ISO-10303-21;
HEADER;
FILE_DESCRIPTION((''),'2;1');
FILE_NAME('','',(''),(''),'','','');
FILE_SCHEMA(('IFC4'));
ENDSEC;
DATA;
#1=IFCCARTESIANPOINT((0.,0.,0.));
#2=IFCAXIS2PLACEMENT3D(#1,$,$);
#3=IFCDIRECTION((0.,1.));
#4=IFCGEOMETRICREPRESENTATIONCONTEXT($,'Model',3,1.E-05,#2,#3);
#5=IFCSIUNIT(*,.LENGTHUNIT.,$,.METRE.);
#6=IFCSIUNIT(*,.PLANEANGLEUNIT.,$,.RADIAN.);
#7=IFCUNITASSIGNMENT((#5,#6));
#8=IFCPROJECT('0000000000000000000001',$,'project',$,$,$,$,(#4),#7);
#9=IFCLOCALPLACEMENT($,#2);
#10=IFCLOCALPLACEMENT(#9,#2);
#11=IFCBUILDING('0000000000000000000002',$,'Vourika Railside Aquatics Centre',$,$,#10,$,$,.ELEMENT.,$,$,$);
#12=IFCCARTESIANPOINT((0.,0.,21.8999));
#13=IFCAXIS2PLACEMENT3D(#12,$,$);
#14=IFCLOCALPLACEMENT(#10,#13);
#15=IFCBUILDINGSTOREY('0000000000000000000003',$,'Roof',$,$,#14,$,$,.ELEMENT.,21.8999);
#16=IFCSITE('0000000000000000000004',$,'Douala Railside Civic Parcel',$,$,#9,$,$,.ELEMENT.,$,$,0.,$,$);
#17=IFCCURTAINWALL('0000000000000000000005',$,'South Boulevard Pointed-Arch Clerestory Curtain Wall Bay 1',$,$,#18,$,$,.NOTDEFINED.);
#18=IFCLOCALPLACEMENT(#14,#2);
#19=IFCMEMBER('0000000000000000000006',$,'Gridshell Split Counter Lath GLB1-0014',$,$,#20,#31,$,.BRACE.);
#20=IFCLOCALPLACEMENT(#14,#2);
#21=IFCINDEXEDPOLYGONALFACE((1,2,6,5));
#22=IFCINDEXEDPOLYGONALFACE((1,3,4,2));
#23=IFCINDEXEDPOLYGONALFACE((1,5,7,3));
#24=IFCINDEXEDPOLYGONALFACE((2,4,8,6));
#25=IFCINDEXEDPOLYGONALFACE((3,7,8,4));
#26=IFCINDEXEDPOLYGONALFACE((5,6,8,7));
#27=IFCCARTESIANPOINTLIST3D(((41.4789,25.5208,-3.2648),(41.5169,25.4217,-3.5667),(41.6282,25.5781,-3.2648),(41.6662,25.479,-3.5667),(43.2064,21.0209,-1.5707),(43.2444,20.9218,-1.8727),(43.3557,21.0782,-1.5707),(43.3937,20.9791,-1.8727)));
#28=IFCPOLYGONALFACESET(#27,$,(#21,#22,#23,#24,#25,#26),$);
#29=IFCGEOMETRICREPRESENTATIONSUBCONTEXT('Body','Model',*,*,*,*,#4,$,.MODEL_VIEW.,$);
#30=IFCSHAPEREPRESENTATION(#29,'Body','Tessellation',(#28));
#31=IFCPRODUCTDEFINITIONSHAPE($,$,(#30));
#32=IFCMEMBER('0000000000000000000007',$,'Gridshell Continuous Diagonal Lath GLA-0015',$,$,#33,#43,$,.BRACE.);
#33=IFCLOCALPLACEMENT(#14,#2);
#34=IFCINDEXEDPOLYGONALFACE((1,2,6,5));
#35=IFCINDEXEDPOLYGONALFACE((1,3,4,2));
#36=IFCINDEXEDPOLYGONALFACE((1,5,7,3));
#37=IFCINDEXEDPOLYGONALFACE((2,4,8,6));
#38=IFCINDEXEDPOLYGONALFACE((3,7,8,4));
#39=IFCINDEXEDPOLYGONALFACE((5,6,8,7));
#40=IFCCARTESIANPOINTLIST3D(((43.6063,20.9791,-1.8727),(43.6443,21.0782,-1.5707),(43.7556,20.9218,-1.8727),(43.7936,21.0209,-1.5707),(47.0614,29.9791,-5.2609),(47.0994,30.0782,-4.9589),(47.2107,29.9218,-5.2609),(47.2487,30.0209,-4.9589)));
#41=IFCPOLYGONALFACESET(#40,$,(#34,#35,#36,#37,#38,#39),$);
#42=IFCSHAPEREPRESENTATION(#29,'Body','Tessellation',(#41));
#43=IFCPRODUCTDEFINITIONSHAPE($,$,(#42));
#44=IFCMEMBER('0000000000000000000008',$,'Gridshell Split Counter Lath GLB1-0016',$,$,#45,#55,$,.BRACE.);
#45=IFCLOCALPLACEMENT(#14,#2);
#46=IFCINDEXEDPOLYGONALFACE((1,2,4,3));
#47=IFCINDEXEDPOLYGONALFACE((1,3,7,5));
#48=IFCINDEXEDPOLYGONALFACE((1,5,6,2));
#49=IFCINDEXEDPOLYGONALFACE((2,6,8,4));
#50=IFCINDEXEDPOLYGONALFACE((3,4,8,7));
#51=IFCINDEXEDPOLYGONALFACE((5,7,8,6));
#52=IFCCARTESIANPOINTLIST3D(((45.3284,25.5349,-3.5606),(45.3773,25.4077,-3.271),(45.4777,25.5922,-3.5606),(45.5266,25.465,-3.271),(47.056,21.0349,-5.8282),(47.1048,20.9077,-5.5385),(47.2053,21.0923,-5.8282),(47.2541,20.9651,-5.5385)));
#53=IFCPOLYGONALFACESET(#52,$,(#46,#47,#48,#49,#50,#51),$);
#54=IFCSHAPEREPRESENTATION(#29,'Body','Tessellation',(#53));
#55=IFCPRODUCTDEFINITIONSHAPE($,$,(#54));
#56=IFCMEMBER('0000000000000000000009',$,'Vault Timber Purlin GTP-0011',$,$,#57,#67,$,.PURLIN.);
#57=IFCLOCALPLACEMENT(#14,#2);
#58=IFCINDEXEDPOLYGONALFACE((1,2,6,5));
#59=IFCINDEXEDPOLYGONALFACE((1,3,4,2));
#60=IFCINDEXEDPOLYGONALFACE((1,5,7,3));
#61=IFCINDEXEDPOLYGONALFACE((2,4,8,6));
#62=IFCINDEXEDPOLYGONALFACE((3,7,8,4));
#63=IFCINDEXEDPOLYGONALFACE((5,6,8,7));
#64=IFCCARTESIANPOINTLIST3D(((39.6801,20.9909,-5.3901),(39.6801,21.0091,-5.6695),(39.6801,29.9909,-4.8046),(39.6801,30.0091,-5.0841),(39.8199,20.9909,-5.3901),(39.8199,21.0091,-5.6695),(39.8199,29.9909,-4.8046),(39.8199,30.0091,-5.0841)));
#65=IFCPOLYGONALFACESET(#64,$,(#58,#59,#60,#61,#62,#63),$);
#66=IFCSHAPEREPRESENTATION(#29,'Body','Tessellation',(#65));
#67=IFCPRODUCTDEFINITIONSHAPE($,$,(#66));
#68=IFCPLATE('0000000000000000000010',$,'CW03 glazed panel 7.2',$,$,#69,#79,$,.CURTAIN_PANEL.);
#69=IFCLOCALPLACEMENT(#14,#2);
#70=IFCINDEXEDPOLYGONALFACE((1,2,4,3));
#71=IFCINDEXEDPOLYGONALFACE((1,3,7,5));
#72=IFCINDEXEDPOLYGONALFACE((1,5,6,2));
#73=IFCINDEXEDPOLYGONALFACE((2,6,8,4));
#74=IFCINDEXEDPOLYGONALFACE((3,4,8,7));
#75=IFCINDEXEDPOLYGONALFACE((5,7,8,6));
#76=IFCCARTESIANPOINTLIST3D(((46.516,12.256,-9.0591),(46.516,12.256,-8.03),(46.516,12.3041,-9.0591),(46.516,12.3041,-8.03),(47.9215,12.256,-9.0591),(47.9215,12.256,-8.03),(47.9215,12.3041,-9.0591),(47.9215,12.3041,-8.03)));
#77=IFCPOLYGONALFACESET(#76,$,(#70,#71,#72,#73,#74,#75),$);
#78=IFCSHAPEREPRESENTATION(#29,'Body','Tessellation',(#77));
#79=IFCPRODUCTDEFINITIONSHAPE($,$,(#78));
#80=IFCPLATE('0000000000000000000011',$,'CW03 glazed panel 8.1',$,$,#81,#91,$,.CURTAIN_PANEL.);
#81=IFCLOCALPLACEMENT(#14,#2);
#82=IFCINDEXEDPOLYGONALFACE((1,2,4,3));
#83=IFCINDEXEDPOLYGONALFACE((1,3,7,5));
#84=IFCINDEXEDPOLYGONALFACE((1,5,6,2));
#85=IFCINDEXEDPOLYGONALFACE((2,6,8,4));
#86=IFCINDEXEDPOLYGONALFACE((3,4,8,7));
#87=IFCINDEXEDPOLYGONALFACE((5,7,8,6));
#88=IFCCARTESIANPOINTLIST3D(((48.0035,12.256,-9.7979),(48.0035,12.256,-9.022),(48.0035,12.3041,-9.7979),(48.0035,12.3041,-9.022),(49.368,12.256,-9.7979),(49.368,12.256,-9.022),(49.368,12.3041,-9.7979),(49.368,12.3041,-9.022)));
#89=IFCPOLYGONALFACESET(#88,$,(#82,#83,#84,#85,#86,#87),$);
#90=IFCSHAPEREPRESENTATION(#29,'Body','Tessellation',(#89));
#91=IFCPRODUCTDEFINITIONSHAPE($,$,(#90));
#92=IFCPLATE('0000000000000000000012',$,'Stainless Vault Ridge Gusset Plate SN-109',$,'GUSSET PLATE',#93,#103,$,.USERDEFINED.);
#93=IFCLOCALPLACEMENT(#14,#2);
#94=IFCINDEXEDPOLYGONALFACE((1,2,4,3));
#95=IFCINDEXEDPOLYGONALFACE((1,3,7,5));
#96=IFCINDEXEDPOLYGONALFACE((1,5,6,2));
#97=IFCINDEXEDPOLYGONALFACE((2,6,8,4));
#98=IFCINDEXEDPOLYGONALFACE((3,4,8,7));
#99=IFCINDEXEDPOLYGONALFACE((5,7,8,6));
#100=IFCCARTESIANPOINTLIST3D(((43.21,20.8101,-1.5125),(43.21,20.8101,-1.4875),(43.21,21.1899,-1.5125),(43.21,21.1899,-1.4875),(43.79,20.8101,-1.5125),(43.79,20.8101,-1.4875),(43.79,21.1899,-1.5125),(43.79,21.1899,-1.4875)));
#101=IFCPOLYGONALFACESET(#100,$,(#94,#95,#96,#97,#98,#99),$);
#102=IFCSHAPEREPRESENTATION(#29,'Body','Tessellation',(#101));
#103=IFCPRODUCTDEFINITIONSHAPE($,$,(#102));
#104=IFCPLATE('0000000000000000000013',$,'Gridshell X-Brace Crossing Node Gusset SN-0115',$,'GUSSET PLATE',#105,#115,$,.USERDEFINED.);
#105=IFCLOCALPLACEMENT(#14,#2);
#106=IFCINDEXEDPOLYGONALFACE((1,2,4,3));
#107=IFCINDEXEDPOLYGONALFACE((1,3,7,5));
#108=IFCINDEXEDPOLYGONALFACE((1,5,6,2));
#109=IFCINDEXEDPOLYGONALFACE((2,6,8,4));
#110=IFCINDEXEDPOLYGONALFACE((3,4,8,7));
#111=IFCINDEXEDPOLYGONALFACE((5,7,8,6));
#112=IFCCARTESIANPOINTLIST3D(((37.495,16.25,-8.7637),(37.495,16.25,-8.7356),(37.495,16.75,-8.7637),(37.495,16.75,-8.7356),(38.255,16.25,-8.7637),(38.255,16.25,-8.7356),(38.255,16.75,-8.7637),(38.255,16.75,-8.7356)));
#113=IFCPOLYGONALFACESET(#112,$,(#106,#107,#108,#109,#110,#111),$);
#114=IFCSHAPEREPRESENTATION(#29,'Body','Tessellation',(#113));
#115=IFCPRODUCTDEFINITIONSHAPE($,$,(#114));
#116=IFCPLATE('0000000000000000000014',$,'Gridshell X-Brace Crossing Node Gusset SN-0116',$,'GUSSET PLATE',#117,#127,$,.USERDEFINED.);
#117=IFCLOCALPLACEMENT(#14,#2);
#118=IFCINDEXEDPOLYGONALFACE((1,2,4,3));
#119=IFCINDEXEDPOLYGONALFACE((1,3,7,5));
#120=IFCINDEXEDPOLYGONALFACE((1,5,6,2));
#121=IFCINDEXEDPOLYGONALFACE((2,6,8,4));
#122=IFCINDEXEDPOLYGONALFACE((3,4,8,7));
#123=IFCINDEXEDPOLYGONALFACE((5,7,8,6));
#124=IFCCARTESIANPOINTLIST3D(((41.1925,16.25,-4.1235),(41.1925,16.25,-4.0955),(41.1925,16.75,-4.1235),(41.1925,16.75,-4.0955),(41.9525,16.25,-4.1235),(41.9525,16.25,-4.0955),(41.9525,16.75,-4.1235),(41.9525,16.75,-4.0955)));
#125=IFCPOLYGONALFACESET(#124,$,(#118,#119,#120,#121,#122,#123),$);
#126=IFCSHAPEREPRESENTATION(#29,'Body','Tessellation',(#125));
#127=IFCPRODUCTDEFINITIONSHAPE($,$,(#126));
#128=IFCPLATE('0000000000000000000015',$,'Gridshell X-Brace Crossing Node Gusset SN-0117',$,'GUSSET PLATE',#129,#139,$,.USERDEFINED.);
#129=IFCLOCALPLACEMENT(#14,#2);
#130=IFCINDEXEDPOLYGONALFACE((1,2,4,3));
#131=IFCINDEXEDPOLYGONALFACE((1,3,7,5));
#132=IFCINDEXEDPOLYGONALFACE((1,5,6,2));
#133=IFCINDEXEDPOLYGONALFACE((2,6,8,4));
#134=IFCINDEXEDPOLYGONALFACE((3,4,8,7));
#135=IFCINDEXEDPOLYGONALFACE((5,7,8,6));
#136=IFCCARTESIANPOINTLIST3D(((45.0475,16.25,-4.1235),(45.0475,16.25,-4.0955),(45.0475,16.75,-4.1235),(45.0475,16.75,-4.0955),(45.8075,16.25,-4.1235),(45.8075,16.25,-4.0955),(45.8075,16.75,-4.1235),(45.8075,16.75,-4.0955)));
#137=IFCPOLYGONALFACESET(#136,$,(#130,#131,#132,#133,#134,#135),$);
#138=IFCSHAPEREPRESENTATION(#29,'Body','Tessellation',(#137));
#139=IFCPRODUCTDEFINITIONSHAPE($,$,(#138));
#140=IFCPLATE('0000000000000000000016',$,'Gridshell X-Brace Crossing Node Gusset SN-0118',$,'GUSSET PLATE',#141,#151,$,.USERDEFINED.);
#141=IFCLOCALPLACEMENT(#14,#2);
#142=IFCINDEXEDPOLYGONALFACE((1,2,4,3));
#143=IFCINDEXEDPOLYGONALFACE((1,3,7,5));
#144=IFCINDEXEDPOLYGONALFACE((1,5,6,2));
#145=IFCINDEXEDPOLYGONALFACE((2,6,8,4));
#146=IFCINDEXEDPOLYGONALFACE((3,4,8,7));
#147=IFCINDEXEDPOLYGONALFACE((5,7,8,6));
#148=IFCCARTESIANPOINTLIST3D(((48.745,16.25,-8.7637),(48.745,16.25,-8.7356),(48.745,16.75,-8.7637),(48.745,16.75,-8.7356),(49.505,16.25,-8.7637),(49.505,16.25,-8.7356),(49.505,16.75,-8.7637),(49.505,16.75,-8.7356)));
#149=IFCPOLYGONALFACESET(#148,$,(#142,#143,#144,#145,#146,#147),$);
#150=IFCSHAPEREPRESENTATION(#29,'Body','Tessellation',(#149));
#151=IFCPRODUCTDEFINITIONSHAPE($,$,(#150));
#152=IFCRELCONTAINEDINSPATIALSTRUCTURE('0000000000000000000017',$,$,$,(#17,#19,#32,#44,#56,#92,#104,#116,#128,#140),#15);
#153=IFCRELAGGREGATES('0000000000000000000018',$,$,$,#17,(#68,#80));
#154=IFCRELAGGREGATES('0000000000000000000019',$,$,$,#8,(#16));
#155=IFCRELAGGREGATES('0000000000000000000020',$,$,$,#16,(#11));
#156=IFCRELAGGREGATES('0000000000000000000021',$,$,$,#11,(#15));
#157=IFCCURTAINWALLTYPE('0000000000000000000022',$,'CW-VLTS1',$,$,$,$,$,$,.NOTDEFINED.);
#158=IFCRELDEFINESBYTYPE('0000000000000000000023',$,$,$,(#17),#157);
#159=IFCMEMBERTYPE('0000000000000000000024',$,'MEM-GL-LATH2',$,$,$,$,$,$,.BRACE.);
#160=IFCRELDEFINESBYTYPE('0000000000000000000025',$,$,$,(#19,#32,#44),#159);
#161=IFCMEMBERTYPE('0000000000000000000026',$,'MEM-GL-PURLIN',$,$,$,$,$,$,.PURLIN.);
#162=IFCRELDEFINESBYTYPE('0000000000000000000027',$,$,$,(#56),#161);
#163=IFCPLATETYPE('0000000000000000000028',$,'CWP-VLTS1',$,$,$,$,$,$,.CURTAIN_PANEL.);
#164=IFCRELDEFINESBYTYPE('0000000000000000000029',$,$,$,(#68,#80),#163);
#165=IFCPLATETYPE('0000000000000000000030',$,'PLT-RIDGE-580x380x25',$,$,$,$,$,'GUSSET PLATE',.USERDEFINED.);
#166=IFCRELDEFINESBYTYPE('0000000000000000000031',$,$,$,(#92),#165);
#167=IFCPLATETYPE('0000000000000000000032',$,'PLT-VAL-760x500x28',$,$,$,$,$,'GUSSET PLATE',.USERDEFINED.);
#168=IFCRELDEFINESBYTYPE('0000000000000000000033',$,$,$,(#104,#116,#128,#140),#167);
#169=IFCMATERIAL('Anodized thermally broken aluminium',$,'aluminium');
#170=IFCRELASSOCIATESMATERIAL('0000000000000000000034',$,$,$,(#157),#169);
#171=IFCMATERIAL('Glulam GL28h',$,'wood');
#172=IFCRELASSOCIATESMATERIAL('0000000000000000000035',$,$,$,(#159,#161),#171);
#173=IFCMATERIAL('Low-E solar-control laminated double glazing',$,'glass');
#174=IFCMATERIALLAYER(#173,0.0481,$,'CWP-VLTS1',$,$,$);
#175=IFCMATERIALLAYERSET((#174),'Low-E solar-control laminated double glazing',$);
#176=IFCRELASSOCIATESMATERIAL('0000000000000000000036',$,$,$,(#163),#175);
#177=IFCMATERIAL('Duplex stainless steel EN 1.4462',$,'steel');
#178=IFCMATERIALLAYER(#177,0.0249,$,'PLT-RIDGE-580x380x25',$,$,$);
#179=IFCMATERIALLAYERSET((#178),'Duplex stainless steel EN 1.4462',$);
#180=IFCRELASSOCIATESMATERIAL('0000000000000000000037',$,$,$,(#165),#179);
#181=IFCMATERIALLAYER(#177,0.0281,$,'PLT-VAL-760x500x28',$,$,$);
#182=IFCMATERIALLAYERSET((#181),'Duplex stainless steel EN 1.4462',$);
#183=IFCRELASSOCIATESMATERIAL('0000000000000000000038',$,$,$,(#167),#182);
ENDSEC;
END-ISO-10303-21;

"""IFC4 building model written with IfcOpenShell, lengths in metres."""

from ifc_helpers import new_model, si_unit, direction, frame, origin, origin_2d, place, context, subcontext, project, spatial, rectangle, extrude, material, layer, layer_set, material_profile, profile_set, type_object, element, aggregate, save


model = new_model("IFC4")

# Units and contexts
model_context = context("Model", 3, precision=1e-05, world=origin(), true_north=direction((0.0, 1.0)))
body_context = subcontext(model_context, "Body", "Model", "MODEL_VIEW")
ifc_project = project(units=[si_unit("LENGTHUNIT", "METRE"), si_unit("PLANEANGLEUNIT", "RADIAN")], contexts=[model_context])

# Site, building, storey
site_placement = place(None, origin())
site = spatial("IfcSite", under=ifc_project, at=site_placement, Name="Douala Railside Civic Parcel", CompositionType="ELEMENT", RefElevation=0.0)
building_placement = place(site_placement, origin())
building = spatial("IfcBuilding", under=site, at=building_placement, Name="Vourika Railside Aquatics Centre", CompositionType="ELEMENT")
storey_placement = place(building_placement, frame((0.0, 0.0, 21.8999)))
storey = spatial("IfcBuildingStorey", under=building, at=storey_placement, Name="Roof", CompositionType="ELEMENT", Elevation=21.8999)

# Curtain wall
ifc_material_1 = material(Name="Anodized thermally broken aluminium", Category="aluminium")
curtain_wall_type = type_object("IfcCurtainWallType", Name="CW-VLTS1", PredefinedType="NOTDEFINED", material=ifc_material_1)
curtain_wall_placement = place(storey_placement, origin())
curtain_wall = element("IfcCurtainWall", 1, at=curtain_wall_placement, inside=storey, type_object=curtain_wall_type, Name="South Boulevard Pointed-Arch Clerestory Curtain Wall Bay 1", PredefinedType="NOTDEFINED")

# Members
ifc_material_2 = material(Name="Glulam GL28h", Category="wood")
ifc_material_profile_1 = material_profile(ifc_material_2, rectangle(XDim=0.1599, YDim=0.3201, at=origin_2d()), Name="GL28h 160x320")
ifc_profile_set_1 = profile_set([ifc_material_profile_1], Name="Glulam GL28h")
member_type_1 = type_object("IfcMemberType", Name="MEM-GL-LATH2", PredefinedType="BRACE", material=ifc_profile_set_1)
member_1_placement = place(storey_placement, frame((43.3, 21.0, -1.7217), z_axis=(-0.338121, 0.880757, -0.331574), x_axis=(-0.93357, -0.358395, 0.0)))
element("IfcMember", 2, at=member_1_placement, inside=storey, type_object=member_type_1, Name="Gridshell Split Counter Lath GLB1-0014", PredefinedType="BRACE", context=body_context, shape_type="SweptSolid", body=[
    extrude(rectangle(XDim=0.1599, YDim=0.3201, at=origin_2d()), origin(), (0.0, 0.0, 1.0), 5.1091),
])
member_2_placement = place(storey_placement, frame((43.7, 21.0, -1.7217), z_axis=(0.338121, 0.880757, -0.331574), x_axis=(-0.93357, 0.358395, 0.0)))
element("IfcMember", 3, at=member_2_placement, inside=storey, type_object=member_type_1, Name="Gridshell Continuous Diagonal Lath GLA-0015", PredefinedType="BRACE", context=body_context, shape_type="SweptSolid", body=[
    extrude(rectangle(XDim=0.1599, YDim=0.3201, at=origin_2d()), origin(), (0.0, 0.0, 1.0), 10.2185),
])
member_3_placement = place(storey_placement, frame((47.155, 21.0, -5.6833), z_axis=(-0.324302, 0.844762, 0.425681), x_axis=(-0.93357, -0.358395, 0.0)))
element("IfcMember", 4, at=member_3_placement, inside=storey, type_object=member_type_1, Name="Gridshell Split Counter Lath GLB1-0016", PredefinedType="BRACE", context=body_context, shape_type="SweptSolid", body=[
    extrude(rectangle(XDim=0.1599, YDim=0.3201, at=origin_2d()), origin(), (0.0, 0.0, 1.0), 5.3269),
])
ifc_material_profile_2 = material_profile(ifc_material_2, rectangle(XDim=0.1399, YDim=0.28, at=origin_2d()), Name="GL28h 140x280")
ifc_profile_set_2 = profile_set([ifc_material_profile_2], Name="Glulam GL28h")
member_type_2 = type_object("IfcMemberType", Name="MEM-GL-PURLIN", PredefinedType="PURLIN", material=ifc_profile_set_2)
member_4_placement = place(storey_placement, frame((39.75, 21.0, -5.5298), z_axis=(0.0, 0.997891, 0.064913), x_axis=(-1.0, 0.0, 0.0)))
element("IfcMember", 5, at=member_4_placement, inside=storey, type_object=member_type_2, Name="Vault Timber Purlin GTP-0011", PredefinedType="PURLIN", context=body_context, shape_type="SweptSolid", body=[
    extrude(rectangle(XDim=0.1399, YDim=0.28, at=origin_2d()), origin(), (0.0, 0.0, 1.0), 9.019),
])

# Plates
ifc_material_3 = material(Name="Low-E solar-control laminated double glazing", Category="glass")
ifc_layer_1 = layer(ifc_material_3, 0.0481, Name="CWP-VLTS1")
ifc_layer_set_1 = layer_set([ifc_layer_1], Name="Low-E solar-control laminated double glazing")
plate_type_1 = type_object("IfcPlateType", Name="CWP-VLTS1", PredefinedType="CURTAIN_PANEL", material=ifc_layer_set_1)
plate_1_placement = place(storey_placement, frame((47.2188, 12.28, -9.0591), z_axis=(0.0, 0.0, 1.0), x_axis=(1.0, 0.0, 0.0)))
plate_1 = element("IfcPlate", 6, at=plate_1_placement, type_object=plate_type_1, Name="CW03 glazed panel 7.2", PredefinedType="CURTAIN_PANEL", context=body_context, shape_type="SweptSolid", body=[
    extrude(rectangle(XDim=1.4055, YDim=0.0481, at=origin_2d()), origin(), (0.0, 0.0, 1.0), 1.0291),
])
plate_2_placement = place(storey_placement, frame((48.6858, 12.28, -9.7979), z_axis=(0.0, 0.0, 1.0), x_axis=(1.0, 0.0, 0.0)))
plate_2 = element("IfcPlate", 7, at=plate_2_placement, type_object=plate_type_1, Name="CW03 glazed panel 8.1", PredefinedType="CURTAIN_PANEL", context=body_context, shape_type="SweptSolid", body=[
    extrude(rectangle(XDim=1.3645, YDim=0.0481, at=origin_2d()), origin(), (0.0, 0.0, 1.0), 0.7759),
])
aggregate(curtain_wall, [plate_1, plate_2])

# Plates
ifc_material_4 = material(Name="Duplex stainless steel EN 1.4462", Category="steel")
ifc_layer_2 = layer(ifc_material_4, 0.0249, Name="PLT-RIDGE-580x380x25")
ifc_layer_set_2 = layer_set([ifc_layer_2], Name="Duplex stainless steel EN 1.4462")
plate_type_2 = type_object("IfcPlateType", Name="PLT-RIDGE-580x380x25", ElementType="GUSSET PLATE", PredefinedType="USERDEFINED", material=ifc_layer_set_2)
plate_3_placement = place(storey_placement, frame((43.5, 21.0, -1.5125), z_axis=(0.0, 0.0, 1.0), x_axis=(1.0, 0.0, 0.0)))
element("IfcPlate", 8, at=plate_3_placement, inside=storey, type_object=plate_type_2, Name="Stainless Vault Ridge Gusset Plate SN-109", ObjectType="GUSSET PLATE", PredefinedType="USERDEFINED", context=body_context, shape_type="SweptSolid", body=[
    extrude(rectangle(XDim=0.5801, YDim=0.3799, at=origin_2d()), origin(), (0.0, 0.0, 1.0), 0.0249),
])
ifc_layer_3 = layer(ifc_material_4, 0.0281, Name="PLT-VAL-760x500x28")
ifc_layer_set_3 = layer_set([ifc_layer_3], Name="Duplex stainless steel EN 1.4462")
plate_type_3 = type_object("IfcPlateType", Name="PLT-VAL-760x500x28", ElementType="GUSSET PLATE", PredefinedType="USERDEFINED", material=ifc_layer_set_3)
for number, where, z_axis, x_axis, name in (
    (9, (37.875, 16.5, -8.7637), (0.0, 0.0, 1.0), (1.0, 0.0, 0.0), "Gridshell X-Brace Crossing Node Gusset SN-0115"),
    (10, (41.5725, 16.5, -4.1235), (0.0, 0.0, 1.0), (1.0, 0.0, 0.0), "Gridshell X-Brace Crossing Node Gusset SN-0116"),
    (11, (45.4275, 16.5, -4.1235), (0.0, 0.0, 1.0), (1.0, 0.0, 0.0), "Gridshell X-Brace Crossing Node Gusset SN-0117"),
    (12, (49.125, 16.5, -8.7637), (0.0, 0.0, 1.0), (1.0, 0.0, 0.0), "Gridshell X-Brace Crossing Node Gusset SN-0118"),
):
    element("IfcPlate", number, at=place(storey_placement, frame(where, z_axis=z_axis, x_axis=x_axis)), inside=storey, type_object=plate_type_3, Name=name, ObjectType="GUSSET PLATE", PredefinedType="USERDEFINED", context=body_context, shape_type="SweptSolid", body=[
        extrude(rectangle(XDim=0.76, YDim=0.5, at=origin_2d()), origin(), (0.0, 0.0, 1.0), 0.0281),
    ])

save(model, "model.ifc")
